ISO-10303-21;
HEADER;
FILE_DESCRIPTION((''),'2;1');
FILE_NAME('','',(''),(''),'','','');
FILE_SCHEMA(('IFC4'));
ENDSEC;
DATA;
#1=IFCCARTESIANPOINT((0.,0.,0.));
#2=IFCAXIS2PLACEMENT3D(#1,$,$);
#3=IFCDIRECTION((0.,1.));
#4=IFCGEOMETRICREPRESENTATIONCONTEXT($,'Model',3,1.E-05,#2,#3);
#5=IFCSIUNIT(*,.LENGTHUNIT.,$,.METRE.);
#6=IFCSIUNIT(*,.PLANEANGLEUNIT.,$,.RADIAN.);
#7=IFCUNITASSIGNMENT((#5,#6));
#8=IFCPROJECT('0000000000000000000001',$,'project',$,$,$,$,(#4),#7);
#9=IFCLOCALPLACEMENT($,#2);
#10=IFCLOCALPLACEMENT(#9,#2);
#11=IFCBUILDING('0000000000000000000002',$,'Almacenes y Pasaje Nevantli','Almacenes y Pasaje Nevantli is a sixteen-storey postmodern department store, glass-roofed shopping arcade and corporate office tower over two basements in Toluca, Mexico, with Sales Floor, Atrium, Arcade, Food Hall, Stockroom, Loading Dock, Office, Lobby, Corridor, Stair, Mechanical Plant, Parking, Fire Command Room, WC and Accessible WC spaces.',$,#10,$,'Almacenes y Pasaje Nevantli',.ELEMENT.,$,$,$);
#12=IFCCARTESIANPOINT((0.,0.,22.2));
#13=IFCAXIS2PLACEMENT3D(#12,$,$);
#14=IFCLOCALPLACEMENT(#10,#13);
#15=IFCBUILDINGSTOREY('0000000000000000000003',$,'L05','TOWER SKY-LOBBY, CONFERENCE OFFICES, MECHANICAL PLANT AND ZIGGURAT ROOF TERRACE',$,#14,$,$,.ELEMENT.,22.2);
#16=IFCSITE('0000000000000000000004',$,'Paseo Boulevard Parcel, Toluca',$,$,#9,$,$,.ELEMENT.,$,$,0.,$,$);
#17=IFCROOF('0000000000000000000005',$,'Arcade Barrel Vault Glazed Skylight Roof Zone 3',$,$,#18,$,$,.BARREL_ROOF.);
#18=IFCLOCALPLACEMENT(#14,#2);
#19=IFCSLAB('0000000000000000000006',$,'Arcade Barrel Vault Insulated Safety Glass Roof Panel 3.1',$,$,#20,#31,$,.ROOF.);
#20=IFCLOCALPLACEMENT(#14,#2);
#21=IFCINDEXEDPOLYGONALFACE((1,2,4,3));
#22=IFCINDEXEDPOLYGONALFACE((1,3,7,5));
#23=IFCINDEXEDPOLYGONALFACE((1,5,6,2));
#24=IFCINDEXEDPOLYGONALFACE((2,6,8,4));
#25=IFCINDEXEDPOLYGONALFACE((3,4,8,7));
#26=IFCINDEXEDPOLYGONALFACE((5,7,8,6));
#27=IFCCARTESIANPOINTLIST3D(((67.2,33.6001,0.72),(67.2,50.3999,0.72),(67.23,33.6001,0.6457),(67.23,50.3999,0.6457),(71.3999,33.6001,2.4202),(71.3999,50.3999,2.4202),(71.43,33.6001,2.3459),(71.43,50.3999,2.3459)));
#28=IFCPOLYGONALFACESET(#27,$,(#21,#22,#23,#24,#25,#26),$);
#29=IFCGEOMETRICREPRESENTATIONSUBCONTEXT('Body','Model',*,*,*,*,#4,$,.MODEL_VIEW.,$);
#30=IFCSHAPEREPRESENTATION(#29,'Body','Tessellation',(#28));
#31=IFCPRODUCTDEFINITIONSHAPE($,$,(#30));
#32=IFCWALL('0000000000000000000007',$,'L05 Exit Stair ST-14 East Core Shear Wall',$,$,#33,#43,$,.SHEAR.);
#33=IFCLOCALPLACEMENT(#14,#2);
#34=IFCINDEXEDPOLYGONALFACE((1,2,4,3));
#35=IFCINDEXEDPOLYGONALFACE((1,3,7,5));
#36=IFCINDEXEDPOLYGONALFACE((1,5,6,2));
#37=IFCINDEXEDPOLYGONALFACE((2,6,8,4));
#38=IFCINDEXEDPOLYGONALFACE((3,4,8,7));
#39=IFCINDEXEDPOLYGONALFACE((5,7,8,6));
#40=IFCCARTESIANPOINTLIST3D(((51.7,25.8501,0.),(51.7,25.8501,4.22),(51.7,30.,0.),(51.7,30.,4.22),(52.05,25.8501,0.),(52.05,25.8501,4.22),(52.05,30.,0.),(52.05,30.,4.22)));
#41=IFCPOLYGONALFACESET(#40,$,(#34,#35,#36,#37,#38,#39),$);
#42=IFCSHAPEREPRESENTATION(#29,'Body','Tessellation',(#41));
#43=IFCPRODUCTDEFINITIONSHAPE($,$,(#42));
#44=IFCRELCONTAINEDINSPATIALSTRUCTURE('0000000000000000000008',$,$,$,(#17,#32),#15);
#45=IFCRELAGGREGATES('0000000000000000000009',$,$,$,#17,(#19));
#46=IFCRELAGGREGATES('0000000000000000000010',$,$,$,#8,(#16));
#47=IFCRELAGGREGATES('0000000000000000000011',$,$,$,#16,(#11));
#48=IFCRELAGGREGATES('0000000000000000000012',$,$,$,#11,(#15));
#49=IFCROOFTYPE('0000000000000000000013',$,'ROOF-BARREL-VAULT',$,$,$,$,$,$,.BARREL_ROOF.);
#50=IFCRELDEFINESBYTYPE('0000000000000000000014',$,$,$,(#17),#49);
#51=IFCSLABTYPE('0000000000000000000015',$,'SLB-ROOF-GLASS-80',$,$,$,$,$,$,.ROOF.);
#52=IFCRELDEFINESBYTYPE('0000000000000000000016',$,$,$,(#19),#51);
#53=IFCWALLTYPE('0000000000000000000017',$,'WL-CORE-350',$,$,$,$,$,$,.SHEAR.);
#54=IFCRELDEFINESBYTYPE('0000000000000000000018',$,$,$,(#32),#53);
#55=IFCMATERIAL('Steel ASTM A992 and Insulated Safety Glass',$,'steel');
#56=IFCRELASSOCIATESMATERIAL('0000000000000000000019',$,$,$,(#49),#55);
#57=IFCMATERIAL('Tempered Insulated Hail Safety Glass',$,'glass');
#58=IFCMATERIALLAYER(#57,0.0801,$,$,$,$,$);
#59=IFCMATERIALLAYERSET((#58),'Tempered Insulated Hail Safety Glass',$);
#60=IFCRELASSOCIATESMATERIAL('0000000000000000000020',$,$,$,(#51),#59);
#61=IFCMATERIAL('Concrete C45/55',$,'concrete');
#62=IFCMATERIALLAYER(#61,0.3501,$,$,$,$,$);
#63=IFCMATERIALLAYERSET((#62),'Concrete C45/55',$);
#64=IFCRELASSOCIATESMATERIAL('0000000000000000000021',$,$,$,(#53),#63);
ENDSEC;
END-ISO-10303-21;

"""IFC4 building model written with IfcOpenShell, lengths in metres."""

from ifc_helpers import new_model, si_unit, direction, frame, frame_2d, origin, place, context, subcontext, project, spatial, polyline, rectangle, outline, extrude, material, layer, layer_set, type_object, element, aggregate, save


model = new_model("IFC4")

# Units and contexts
model_context = context("Model", 3, precision=1e-05, world=origin(), true_north=direction((0.0, 1.0)))
body_context = subcontext(model_context, "Body", "Model", "MODEL_VIEW")
ifc_project = project(units=[si_unit("LENGTHUNIT", "METRE"), si_unit("PLANEANGLEUNIT", "RADIAN")], contexts=[model_context])

# Site, building, storey
site_placement = place(None, origin())
site = spatial("IfcSite", under=ifc_project, at=site_placement, Name="Paseo Boulevard Parcel, Toluca", CompositionType="ELEMENT", RefElevation=0.0)
building_placement = place(site_placement, origin())
building = spatial("IfcBuilding", under=site, at=building_placement, Name="Almacenes y Pasaje Nevantli", Description="Almacenes y Pasaje Nevantli is a sixteen-storey postmodern department store, glass-roofed shopping arcade and corporate office tower over two basements in Toluca, Mexico, with Sales Floor, Atrium, Arcade, Food Hall, Stockroom, Loading Dock, Office, Lobby, Corridor, Stair, Mechanical Plant, Parking, Fire Command Room, WC and Accessible WC spaces.", LongName="Almacenes y Pasaje Nevantli", CompositionType="ELEMENT")
storey_placement = place(building_placement, frame((0.0, 0.0, 22.2)))
storey = spatial("IfcBuildingStorey", under=building, at=storey_placement, Name="L05", Description="TOWER SKY-LOBBY, CONFERENCE OFFICES, MECHANICAL PLANT AND ZIGGURAT ROOF TERRACE", CompositionType="ELEMENT", Elevation=22.2)

# Roof, slab
ifc_material_1 = material(Name="Steel ASTM A992 and Insulated Safety Glass", Category="steel")
roof_type = type_object("IfcRoofType", Name="ROOF-BARREL-VAULT", PredefinedType="BARREL_ROOF", material=ifc_material_1)
roof_placement = place(storey_placement, origin())
roof = element("IfcRoof", 1, at=roof_placement, inside=storey, type_object=roof_type, Name="Arcade Barrel Vault Glazed Skylight Roof Zone 3", PredefinedType="BARREL_ROOF")
ifc_material_2 = material(Name="Tempered Insulated Hail Safety Glass", Category="glass")
ifc_layer_1 = layer(ifc_material_2, 0.0801)
ifc_layer_set_1 = layer_set([ifc_layer_1], Name="Tempered Insulated Hail Safety Glass")
slab_type = type_object("IfcSlabType", Name="SLB-ROOF-GLASS-80", PredefinedType="ROOF", material=ifc_layer_set_1)
slab_placement = place(storey_placement, frame((67.2, 33.6001, 0.72), z_axis=(-0.375234, 0.0, 0.92693), x_axis=(0.92693, 0.0, 0.375234)))
slab = element("IfcSlab", 2, at=slab_placement, type_object=slab_type, Name="Arcade Barrel Vault Insulated Safety Glass Roof Panel 3.1", PredefinedType="ROOF", context=body_context, shape_type="SweptSolid", body=[
    extrude(outline(polyline([(0.0, 0.0), (4.531, 0.0), (4.531, 16.7998), (0.0, 16.7998), (0.0, 0.0)])), origin(), (0.0, 0.0, -1.0), 0.0801),
])
aggregate(roof, [slab])

# Wall
ifc_material_3 = material(Name="Concrete C45/55", Category="concrete")
ifc_layer_2 = layer(ifc_material_3, 0.3501)
ifc_layer_set_2 = layer_set([ifc_layer_2], Name="Concrete C45/55")
wall_type = type_object("IfcWallType", Name="WL-CORE-350", PredefinedType="SHEAR", material=ifc_layer_set_2)
wall_placement = place(storey_placement, frame((51.875, 25.8501, 0.0), z_axis=(0.0, 0.0, 1.0), x_axis=(0.0, 1.0, 0.0)))
element("IfcWall", 3, at=wall_placement, inside=storey, type_object=wall_type, Name="L05 Exit Stair ST-14 East Core Shear Wall", PredefinedType="SHEAR", context=body_context, shape_type="SweptSolid", body=[
    extrude(rectangle(XDim=4.1499, YDim=0.3501, at=frame_2d((2.075, 0.0))), origin(), (0.0, 0.0, 1.0), 4.22),
])

save(model, "model.ifc")
